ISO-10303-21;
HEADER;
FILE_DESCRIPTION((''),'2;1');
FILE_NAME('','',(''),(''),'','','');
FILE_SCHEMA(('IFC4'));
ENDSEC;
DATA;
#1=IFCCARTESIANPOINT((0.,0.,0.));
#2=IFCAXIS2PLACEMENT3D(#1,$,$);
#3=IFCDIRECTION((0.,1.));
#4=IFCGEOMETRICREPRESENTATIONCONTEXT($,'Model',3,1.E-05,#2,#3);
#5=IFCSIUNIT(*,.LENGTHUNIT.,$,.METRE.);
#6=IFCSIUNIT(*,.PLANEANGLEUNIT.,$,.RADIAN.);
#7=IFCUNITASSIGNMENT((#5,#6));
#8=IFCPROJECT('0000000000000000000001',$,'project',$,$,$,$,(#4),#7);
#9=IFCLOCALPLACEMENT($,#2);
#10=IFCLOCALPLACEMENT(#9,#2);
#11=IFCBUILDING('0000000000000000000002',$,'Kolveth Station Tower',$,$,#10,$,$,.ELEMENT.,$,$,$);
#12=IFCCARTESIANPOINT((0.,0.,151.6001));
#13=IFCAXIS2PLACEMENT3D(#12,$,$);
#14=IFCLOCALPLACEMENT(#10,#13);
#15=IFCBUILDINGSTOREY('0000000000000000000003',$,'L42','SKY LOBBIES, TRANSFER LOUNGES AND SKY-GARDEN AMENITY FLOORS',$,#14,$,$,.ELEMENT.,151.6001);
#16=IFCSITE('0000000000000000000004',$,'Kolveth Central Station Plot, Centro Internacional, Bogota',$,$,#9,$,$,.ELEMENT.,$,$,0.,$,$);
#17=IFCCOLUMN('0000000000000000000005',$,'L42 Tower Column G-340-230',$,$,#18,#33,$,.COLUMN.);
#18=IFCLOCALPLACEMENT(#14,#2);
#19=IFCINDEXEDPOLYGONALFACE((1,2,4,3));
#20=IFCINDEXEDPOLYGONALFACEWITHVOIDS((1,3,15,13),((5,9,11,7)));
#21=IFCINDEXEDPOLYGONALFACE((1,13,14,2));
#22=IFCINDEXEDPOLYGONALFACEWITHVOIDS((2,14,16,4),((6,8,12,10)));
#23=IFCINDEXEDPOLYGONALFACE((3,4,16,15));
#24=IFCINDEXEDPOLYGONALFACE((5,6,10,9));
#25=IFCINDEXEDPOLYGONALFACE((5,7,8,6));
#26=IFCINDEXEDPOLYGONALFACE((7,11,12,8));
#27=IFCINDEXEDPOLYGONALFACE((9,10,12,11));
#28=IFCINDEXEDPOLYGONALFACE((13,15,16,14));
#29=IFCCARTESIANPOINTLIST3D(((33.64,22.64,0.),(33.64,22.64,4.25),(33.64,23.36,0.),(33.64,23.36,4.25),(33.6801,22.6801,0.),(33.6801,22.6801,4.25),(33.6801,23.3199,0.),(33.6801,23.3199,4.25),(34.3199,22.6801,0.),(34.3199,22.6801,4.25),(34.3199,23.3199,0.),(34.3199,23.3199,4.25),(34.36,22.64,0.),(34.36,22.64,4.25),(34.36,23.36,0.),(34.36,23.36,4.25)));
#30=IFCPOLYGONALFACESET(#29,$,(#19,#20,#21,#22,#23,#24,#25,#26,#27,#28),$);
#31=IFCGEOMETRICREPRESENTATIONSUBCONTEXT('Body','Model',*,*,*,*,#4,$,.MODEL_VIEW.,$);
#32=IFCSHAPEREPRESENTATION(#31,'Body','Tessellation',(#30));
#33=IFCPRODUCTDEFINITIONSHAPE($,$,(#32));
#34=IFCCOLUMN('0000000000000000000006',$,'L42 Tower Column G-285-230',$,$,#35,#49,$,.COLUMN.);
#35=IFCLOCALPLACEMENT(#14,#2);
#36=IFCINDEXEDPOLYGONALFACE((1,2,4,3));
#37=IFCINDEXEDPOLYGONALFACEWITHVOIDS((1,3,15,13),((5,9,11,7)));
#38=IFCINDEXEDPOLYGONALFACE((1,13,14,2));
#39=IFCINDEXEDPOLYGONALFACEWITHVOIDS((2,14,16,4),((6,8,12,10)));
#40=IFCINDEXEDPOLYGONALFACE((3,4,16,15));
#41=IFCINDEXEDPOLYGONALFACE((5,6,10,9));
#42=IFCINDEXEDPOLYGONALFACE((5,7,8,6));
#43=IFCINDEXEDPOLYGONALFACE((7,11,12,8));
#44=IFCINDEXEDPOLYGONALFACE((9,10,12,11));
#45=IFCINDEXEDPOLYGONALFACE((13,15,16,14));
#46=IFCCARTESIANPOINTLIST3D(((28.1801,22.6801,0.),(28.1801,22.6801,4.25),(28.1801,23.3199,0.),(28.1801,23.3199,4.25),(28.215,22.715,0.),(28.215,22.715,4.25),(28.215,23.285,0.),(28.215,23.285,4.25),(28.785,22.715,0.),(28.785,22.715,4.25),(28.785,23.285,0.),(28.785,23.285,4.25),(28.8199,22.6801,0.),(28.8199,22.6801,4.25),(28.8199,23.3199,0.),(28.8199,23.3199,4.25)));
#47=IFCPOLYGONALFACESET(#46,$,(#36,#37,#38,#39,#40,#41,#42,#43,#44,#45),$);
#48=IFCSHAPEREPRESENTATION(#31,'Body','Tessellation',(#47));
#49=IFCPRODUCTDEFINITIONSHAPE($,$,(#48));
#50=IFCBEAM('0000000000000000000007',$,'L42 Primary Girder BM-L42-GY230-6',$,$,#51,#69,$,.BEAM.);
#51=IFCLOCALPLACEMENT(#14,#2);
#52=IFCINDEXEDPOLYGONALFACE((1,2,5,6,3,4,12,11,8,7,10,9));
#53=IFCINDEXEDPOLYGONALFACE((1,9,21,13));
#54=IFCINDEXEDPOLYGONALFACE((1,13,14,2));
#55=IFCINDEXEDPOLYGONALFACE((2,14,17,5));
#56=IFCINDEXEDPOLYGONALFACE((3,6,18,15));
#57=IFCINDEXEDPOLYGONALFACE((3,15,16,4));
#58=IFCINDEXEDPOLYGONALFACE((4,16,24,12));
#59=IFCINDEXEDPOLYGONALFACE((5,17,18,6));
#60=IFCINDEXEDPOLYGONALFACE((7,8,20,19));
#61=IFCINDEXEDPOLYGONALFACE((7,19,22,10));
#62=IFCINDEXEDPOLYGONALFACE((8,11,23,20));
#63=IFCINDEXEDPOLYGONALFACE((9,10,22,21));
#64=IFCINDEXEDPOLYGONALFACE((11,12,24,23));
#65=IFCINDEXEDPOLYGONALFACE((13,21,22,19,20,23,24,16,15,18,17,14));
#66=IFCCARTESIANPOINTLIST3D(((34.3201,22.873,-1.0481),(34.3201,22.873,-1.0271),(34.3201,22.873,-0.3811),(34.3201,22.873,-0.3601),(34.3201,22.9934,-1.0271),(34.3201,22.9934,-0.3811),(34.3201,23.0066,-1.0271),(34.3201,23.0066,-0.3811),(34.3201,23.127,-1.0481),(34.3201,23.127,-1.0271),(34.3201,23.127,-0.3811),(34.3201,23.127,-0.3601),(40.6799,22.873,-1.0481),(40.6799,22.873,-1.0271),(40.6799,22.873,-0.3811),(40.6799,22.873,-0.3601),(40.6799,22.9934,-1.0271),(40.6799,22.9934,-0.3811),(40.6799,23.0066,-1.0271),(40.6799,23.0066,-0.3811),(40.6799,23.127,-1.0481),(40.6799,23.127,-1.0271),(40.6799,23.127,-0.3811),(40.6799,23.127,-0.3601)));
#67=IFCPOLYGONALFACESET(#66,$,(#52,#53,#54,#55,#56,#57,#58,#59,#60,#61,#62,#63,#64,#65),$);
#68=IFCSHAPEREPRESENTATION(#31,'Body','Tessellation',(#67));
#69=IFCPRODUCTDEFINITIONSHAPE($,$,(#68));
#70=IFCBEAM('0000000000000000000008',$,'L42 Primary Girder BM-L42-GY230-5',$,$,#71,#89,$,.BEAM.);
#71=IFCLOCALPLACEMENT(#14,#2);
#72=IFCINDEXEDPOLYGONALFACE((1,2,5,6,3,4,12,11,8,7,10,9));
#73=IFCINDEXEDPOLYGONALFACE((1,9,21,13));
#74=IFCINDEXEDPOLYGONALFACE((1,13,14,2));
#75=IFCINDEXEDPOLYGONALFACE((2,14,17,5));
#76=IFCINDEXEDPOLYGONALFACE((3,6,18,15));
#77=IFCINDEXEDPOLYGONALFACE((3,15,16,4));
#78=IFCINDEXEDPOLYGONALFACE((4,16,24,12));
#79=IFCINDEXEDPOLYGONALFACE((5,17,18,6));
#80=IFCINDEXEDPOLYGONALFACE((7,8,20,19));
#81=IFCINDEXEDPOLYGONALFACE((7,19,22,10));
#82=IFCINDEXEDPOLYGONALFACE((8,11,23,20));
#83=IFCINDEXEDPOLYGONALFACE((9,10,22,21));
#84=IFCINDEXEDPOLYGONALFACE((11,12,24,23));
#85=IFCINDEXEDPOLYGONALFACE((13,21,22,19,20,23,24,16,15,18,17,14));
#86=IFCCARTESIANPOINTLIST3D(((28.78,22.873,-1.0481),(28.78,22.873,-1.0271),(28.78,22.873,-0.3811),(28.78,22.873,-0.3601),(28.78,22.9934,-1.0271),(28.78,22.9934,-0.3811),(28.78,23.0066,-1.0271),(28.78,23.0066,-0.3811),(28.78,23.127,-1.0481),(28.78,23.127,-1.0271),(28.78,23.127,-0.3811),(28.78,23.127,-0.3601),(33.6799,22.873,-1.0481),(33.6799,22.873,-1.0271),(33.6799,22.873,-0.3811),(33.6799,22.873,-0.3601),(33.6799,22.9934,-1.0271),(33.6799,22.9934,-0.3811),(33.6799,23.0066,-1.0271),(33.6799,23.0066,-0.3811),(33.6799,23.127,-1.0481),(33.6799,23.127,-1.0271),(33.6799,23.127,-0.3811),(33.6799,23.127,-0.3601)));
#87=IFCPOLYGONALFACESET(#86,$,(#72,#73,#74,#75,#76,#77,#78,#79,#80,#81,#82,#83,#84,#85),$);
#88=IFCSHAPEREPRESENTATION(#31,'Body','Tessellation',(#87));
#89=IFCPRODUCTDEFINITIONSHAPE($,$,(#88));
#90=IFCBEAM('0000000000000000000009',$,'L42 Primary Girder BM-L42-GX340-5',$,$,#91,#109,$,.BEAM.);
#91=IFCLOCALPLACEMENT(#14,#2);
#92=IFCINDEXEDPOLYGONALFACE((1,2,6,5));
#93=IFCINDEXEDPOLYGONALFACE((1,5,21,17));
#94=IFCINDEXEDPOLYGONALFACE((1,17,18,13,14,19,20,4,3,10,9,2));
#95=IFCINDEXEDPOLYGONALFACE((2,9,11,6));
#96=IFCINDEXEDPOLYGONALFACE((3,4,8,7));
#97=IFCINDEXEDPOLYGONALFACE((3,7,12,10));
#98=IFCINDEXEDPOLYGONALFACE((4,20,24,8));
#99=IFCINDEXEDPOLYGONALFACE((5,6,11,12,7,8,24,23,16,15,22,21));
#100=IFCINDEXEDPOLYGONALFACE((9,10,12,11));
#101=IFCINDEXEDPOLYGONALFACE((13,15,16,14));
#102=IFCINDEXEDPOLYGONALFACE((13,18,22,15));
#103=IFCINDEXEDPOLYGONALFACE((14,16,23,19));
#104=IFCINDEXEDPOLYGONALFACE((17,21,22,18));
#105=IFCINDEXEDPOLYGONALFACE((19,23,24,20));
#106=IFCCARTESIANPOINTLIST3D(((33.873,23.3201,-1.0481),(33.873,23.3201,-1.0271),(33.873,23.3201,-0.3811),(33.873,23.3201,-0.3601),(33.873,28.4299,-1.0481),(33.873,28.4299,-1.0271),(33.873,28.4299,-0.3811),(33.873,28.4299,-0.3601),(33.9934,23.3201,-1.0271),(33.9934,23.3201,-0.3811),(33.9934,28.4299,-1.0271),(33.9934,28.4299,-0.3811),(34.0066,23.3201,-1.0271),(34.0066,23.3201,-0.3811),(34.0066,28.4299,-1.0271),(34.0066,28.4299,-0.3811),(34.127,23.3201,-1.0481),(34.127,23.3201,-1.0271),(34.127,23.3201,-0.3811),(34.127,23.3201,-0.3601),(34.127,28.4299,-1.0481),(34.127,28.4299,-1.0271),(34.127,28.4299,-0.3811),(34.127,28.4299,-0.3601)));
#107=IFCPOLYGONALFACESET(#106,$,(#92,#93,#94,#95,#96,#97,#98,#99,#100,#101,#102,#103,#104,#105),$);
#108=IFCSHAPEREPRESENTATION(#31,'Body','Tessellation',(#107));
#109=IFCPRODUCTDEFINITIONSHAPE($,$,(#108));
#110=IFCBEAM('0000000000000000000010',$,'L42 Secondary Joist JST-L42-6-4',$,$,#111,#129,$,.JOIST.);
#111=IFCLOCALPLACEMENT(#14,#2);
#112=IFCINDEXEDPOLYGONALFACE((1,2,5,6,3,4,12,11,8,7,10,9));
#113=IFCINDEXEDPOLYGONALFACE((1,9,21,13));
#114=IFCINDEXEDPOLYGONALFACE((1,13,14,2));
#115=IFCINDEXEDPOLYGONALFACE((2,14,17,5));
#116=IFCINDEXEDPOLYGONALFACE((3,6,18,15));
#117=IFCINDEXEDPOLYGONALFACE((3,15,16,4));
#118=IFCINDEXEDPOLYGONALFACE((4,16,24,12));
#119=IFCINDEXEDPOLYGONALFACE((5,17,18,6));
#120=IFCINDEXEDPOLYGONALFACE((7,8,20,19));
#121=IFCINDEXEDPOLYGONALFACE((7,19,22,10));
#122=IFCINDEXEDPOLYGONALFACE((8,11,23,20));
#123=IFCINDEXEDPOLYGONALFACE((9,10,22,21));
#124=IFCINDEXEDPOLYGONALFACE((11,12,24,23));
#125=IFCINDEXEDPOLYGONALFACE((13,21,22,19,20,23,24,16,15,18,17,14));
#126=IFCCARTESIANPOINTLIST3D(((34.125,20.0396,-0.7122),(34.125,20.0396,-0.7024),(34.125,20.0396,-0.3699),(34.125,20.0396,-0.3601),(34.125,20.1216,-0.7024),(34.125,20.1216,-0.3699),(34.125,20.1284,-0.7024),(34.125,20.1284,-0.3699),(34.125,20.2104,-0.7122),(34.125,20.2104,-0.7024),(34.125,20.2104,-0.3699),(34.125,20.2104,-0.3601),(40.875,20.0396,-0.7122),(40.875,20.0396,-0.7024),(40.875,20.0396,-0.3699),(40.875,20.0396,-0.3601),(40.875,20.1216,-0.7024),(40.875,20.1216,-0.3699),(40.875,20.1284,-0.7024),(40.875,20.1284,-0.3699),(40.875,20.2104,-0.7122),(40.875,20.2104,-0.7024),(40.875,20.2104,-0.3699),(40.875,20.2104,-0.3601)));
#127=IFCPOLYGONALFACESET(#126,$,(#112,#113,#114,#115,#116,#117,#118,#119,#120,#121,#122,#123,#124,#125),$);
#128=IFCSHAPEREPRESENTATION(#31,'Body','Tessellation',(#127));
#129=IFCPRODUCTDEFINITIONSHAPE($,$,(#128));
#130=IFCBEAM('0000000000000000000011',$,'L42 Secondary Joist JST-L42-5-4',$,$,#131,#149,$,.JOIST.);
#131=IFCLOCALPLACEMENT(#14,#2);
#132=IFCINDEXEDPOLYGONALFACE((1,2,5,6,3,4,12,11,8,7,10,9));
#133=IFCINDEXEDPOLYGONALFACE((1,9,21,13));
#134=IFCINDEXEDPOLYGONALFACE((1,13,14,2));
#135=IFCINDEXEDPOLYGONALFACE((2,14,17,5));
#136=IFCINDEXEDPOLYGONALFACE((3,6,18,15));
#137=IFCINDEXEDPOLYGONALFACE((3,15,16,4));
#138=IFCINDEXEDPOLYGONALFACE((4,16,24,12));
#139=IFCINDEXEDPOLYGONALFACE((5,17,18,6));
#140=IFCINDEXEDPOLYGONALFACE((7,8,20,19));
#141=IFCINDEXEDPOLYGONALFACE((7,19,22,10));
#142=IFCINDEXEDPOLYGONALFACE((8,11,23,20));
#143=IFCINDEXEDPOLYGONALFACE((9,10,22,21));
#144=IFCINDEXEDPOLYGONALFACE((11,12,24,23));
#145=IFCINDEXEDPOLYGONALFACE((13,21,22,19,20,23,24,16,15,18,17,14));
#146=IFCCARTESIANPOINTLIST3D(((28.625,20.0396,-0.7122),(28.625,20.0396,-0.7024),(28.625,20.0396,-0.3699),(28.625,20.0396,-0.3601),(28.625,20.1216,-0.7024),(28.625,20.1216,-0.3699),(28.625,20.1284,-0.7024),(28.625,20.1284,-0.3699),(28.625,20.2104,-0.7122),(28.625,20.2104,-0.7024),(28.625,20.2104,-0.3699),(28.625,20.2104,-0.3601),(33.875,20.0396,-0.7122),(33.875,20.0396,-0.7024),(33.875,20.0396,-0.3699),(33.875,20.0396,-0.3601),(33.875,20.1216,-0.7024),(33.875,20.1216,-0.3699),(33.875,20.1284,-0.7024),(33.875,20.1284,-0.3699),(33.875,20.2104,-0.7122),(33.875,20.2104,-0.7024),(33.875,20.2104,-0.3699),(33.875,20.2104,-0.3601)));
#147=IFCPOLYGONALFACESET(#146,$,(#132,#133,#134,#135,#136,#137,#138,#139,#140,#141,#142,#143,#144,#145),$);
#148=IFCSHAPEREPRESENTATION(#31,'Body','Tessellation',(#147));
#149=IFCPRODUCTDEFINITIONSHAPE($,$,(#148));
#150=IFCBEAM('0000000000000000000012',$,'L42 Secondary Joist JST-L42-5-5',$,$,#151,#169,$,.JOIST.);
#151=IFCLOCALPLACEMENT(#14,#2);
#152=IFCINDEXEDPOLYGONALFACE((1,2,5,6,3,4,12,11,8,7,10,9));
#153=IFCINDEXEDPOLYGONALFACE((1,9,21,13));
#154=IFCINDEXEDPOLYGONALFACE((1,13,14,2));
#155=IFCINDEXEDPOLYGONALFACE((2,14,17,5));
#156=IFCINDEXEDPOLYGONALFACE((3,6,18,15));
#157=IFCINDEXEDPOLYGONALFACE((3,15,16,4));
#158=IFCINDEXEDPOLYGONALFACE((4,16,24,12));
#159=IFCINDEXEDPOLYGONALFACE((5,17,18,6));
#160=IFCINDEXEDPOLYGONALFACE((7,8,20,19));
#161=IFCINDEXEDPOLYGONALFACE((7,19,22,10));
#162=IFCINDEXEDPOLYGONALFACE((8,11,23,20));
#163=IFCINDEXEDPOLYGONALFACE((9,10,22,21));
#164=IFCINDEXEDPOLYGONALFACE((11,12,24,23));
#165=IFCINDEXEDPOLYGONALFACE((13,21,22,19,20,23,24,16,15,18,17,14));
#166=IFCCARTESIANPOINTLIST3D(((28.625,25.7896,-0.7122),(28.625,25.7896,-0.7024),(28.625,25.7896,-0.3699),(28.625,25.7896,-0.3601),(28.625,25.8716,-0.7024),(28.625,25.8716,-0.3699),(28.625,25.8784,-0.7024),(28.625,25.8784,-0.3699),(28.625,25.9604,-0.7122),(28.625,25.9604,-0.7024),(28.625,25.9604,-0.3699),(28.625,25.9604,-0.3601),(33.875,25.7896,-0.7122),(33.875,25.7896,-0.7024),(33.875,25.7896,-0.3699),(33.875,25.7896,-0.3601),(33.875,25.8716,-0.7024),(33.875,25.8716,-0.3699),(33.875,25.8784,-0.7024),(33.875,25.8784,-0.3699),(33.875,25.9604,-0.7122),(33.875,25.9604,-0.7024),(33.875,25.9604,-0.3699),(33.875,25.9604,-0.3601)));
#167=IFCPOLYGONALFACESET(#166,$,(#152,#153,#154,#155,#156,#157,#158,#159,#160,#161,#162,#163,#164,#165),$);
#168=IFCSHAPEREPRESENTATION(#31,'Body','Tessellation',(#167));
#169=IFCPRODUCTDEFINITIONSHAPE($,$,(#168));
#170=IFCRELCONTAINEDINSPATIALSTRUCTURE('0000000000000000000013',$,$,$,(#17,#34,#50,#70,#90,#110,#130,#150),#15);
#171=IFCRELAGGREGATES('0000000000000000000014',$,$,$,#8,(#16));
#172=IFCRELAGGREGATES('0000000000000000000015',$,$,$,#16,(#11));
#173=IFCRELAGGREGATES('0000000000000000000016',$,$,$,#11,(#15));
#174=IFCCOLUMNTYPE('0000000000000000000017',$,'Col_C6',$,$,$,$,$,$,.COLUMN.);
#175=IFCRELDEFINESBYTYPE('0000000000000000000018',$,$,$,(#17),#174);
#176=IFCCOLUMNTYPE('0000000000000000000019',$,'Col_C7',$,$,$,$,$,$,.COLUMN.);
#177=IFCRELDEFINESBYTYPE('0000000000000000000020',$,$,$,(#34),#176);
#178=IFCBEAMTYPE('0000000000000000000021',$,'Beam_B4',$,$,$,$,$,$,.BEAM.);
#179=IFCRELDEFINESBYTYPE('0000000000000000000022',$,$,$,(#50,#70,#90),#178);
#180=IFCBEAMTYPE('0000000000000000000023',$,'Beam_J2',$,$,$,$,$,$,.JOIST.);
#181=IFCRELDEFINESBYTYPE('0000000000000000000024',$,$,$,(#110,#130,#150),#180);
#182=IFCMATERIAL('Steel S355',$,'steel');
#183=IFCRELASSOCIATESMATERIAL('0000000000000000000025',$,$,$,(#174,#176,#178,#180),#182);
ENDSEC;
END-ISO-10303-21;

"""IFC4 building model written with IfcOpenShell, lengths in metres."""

from ifc_helpers import new_model, si_unit, direction, frame, origin, origin_2d, place, context, subcontext, project, spatial, hollow_rectangle, i_section, extrude, source, transform, mapped, material, material_profile, profile_set, type_object, element, save


model = new_model("IFC4")

# Units and contexts
model_context = context("Model", 3, precision=1e-05, world=origin(), true_north=direction((0.0, 1.0)))
body_context = subcontext(model_context, "Body", "Model", "MODEL_VIEW")
ifc_project = project(units=[si_unit("LENGTHUNIT", "METRE"), si_unit("PLANEANGLEUNIT", "RADIAN")], contexts=[model_context])

# Site, building, storey
site_placement = place(None, origin())
site = spatial("IfcSite", under=ifc_project, at=site_placement, Name="Kolveth Central Station Plot, Centro Internacional, Bogota", CompositionType="ELEMENT", RefElevation=0.0)
building_placement = place(site_placement, origin())
building = spatial("IfcBuilding", under=site, at=building_placement, Name="Kolveth Station Tower", CompositionType="ELEMENT")
storey_placement = place(building_placement, frame((0.0, 0.0, 151.6001)))
storey = spatial("IfcBuildingStorey", under=building, at=storey_placement, Name="L42", Description="SKY LOBBIES, TRANSFER LOUNGES AND SKY-GARDEN AMENITY FLOORS", CompositionType="ELEMENT", Elevation=151.6001)

# Columns
ifc_material_1 = material(Name="Steel S355", Category="steel")
ifc_material_profile_1 = material_profile(ifc_material_1, hollow_rectangle(XDim=0.72, YDim=0.72, WallThickness=0.04, at=origin_2d()), Name="BOX720x720x40")
ifc_profile_set_1 = profile_set([ifc_material_profile_1], Name="Steel S355")
column_type_1 = type_object("IfcColumnType", Name="Col_C6", PredefinedType="COLUMN", material=ifc_profile_set_1)
shared_shape_1 = source(origin(), body_context, "Body", "SweptSolid", [
    extrude(hollow_rectangle(XDim=0.72, YDim=0.72, WallThickness=0.04, at=origin_2d()), origin(), (0.0, 0.0, 1.0), 4.25),
])
column_1_placement = place(storey_placement, frame((34.0, 23.0, 0.0), z_axis=(0.0, 0.0, 1.0), x_axis=(1.0, 0.0, 0.0)))
element("IfcColumn", 1, at=column_1_placement, inside=storey, type_object=column_type_1, Name="L42 Tower Column G-340-230", PredefinedType="COLUMN", context=body_context, shape_type="MappedRepresentation", body=[
    mapped(shared_shape_1, transform((0.0, 0.0, 0.0), x_axis=(1.0, 0.0, 0.0), y_axis=(0.0, 1.0, 0.0), z_axis=(0.0, 0.0, 1.0), scale=1.0)),
])
ifc_material_profile_2 = material_profile(ifc_material_1, hollow_rectangle(XDim=0.6399, YDim=0.6399, WallThickness=0.0349, at=origin_2d()), Name="BOX640x640x35")
ifc_profile_set_2 = profile_set([ifc_material_profile_2], Name="Steel S355")
column_type_2 = type_object("IfcColumnType", Name="Col_C7", PredefinedType="COLUMN", material=ifc_profile_set_2)
shared_shape_2 = source(origin(), body_context, "Body", "SweptSolid", [
    extrude(hollow_rectangle(XDim=0.6399, YDim=0.6399, WallThickness=0.0349, at=origin_2d()), origin(), (0.0, 0.0, 1.0), 4.25),
])
column_2_placement = place(storey_placement, frame((28.5, 23.0, 0.0), z_axis=(0.0, 0.0, 1.0), x_axis=(1.0, 0.0, 0.0)))
element("IfcColumn", 2, at=column_2_placement, inside=storey, type_object=column_type_2, Name="L42 Tower Column G-285-230", PredefinedType="COLUMN", context=body_context, shape_type="MappedRepresentation", body=[
    mapped(shared_shape_2, transform((0.0, 0.0, 0.0), x_axis=(1.0, 0.0, 0.0), y_axis=(0.0, 1.0, 0.0), z_axis=(0.0, 0.0, 1.0), scale=1.0)),
])

# Beams
ifc_material_profile_3 = material_profile(ifc_material_1, i_section(OverallWidth=0.2539, OverallDepth=0.688, WebThickness=0.0132, FlangeThickness=0.021, at=origin_2d()), Name="W690x152")
ifc_profile_set_3 = profile_set([ifc_material_profile_3], Name="Steel S355")
beam_type_1 = type_object("IfcBeamType", Name="Beam_B4", PredefinedType="BEAM", material=ifc_profile_set_3)
shared_shape_3 = source(origin(), body_context, "Body", "SweptSolid", [
    extrude(i_section(OverallWidth=0.2539, OverallDepth=0.688, WebThickness=0.0132, FlangeThickness=0.021, at=origin_2d()), origin(), (0.0, 0.0, 1.0), 6.3599),
])
beam_1_placement = place(storey_placement, frame((34.3201, 23.0, -0.7041), z_axis=(1.0, 0.0, 0.0), x_axis=(0.0, 1.0, 0.0)))
element("IfcBeam", 3, at=beam_1_placement, inside=storey, type_object=beam_type_1, Name="L42 Primary Girder BM-L42-GY230-6", PredefinedType="BEAM", context=body_context, shape_type="MappedRepresentation", body=[
    mapped(shared_shape_3, transform((0.0, 0.0, 0.0), x_axis=(1.0, 0.0, 0.0), y_axis=(0.0, 1.0, 0.0), z_axis=(0.0, 0.0, 1.0), scale=1.0)),
])
shared_shape_4 = source(origin(), body_context, "Body", "SweptSolid", [
    extrude(i_section(OverallWidth=0.2539, OverallDepth=0.688, WebThickness=0.0132, FlangeThickness=0.021, at=origin_2d()), origin(), (0.0, 0.0, 1.0), 4.8999),
])
beam_2_placement = place(storey_placement, frame((28.78, 23.0, -0.7041), z_axis=(1.0, 0.0, 0.0), x_axis=(0.0, 1.0, 0.0)))
element("IfcBeam", 4, at=beam_2_placement, inside=storey, type_object=beam_type_1, Name="L42 Primary Girder BM-L42-GY230-5", PredefinedType="BEAM", context=body_context, shape_type="MappedRepresentation", body=[
    mapped(shared_shape_4, transform((0.0, 0.0, 0.0), x_axis=(1.0, 0.0, 0.0), y_axis=(0.0, 1.0, 0.0), z_axis=(0.0, 0.0, 1.0), scale=1.0)),
])
shared_shape_5 = source(origin(), body_context, "Body", "SweptSolid", [
    extrude(i_section(OverallWidth=0.2539, OverallDepth=0.688, WebThickness=0.0132, FlangeThickness=0.021, at=origin_2d()), origin(), (0.0, 0.0, 1.0), 5.1099),
])
beam_3_placement = place(storey_placement, frame((34.0, 23.3201, -0.7041), z_axis=(0.0, 1.0, 0.0), x_axis=(-1.0, 0.0, 0.0)))
element("IfcBeam", 5, at=beam_3_placement, inside=storey, type_object=beam_type_1, Name="L42 Primary Girder BM-L42-GX340-5", PredefinedType="BEAM", context=body_context, shape_type="MappedRepresentation", body=[
    mapped(shared_shape_5, transform((0.0, 0.0, 0.0), x_axis=(1.0, 0.0, 0.0), y_axis=(0.0, 1.0, 0.0), z_axis=(0.0, 0.0, 1.0), scale=1.0)),
])
ifc_material_profile_4 = material_profile(ifc_material_1, i_section(OverallWidth=0.1709, OverallDepth=0.3521, WebThickness=0.0068, FlangeThickness=0.0098, at=origin_2d()), Name="W360x44")
ifc_profile_set_4 = profile_set([ifc_material_profile_4], Name="Steel S355")
beam_type_2 = type_object("IfcBeamType", Name="Beam_J2", PredefinedType="JOIST", material=ifc_profile_set_4)
shared_shape_6 = source(origin(), body_context, "Body", "SweptSolid", [
    extrude(i_section(OverallWidth=0.1709, OverallDepth=0.3521, WebThickness=0.0068, FlangeThickness=0.0098, at=origin_2d()), origin(), (0.0, 0.0, 1.0), 6.75),
])
beam_4_placement = place(storey_placement, frame((34.125, 20.125, -0.5361), z_axis=(1.0, 0.0, 0.0), x_axis=(0.0, 1.0, 0.0)))
element("IfcBeam", 6, at=beam_4_placement, inside=storey, type_object=beam_type_2, Name="L42 Secondary Joist JST-L42-6-4", PredefinedType="JOIST", context=body_context, shape_type="MappedRepresentation", body=[
    mapped(shared_shape_6, transform((0.0, 0.0, 0.0), x_axis=(1.0, 0.0, 0.0), y_axis=(0.0, 1.0, 0.0), z_axis=(0.0, 0.0, 1.0), scale=1.0)),
])
shared_shape_7 = source(origin(), body_context, "Body", "SweptSolid", [
    extrude(i_section(OverallWidth=0.1709, OverallDepth=0.3521, WebThickness=0.0068, FlangeThickness=0.0098, at=origin_2d()), origin(), (0.0, 0.0, 1.0), 5.25),
])
for number, where, z_axis, x_axis, name in (
    (7, (28.625, 20.125, -0.5361), (1.0, 0.0, 0.0), (0.0, 1.0, 0.0), "L42 Secondary Joist JST-L42-5-4"),
    (8, (28.625, 25.875, -0.5361), (1.0, 0.0, 0.0), (0.0, 1.0, 0.0), "L42 Secondary Joist JST-L42-5-5"),
):
    element("IfcBeam", number, at=place(storey_placement, frame(where, z_axis=z_axis, x_axis=x_axis)), inside=storey, type_object=beam_type_2, Name=name, PredefinedType="JOIST", context=body_context, shape_type="MappedRepresentation", body=[
        mapped(shared_shape_7, transform((0.0, 0.0, 0.0), x_axis=(1.0, 0.0, 0.0), y_axis=(0.0, 1.0, 0.0), z_axis=(0.0, 0.0, 1.0), scale=1.0)),
    ])

save(model, "model.ifc")
